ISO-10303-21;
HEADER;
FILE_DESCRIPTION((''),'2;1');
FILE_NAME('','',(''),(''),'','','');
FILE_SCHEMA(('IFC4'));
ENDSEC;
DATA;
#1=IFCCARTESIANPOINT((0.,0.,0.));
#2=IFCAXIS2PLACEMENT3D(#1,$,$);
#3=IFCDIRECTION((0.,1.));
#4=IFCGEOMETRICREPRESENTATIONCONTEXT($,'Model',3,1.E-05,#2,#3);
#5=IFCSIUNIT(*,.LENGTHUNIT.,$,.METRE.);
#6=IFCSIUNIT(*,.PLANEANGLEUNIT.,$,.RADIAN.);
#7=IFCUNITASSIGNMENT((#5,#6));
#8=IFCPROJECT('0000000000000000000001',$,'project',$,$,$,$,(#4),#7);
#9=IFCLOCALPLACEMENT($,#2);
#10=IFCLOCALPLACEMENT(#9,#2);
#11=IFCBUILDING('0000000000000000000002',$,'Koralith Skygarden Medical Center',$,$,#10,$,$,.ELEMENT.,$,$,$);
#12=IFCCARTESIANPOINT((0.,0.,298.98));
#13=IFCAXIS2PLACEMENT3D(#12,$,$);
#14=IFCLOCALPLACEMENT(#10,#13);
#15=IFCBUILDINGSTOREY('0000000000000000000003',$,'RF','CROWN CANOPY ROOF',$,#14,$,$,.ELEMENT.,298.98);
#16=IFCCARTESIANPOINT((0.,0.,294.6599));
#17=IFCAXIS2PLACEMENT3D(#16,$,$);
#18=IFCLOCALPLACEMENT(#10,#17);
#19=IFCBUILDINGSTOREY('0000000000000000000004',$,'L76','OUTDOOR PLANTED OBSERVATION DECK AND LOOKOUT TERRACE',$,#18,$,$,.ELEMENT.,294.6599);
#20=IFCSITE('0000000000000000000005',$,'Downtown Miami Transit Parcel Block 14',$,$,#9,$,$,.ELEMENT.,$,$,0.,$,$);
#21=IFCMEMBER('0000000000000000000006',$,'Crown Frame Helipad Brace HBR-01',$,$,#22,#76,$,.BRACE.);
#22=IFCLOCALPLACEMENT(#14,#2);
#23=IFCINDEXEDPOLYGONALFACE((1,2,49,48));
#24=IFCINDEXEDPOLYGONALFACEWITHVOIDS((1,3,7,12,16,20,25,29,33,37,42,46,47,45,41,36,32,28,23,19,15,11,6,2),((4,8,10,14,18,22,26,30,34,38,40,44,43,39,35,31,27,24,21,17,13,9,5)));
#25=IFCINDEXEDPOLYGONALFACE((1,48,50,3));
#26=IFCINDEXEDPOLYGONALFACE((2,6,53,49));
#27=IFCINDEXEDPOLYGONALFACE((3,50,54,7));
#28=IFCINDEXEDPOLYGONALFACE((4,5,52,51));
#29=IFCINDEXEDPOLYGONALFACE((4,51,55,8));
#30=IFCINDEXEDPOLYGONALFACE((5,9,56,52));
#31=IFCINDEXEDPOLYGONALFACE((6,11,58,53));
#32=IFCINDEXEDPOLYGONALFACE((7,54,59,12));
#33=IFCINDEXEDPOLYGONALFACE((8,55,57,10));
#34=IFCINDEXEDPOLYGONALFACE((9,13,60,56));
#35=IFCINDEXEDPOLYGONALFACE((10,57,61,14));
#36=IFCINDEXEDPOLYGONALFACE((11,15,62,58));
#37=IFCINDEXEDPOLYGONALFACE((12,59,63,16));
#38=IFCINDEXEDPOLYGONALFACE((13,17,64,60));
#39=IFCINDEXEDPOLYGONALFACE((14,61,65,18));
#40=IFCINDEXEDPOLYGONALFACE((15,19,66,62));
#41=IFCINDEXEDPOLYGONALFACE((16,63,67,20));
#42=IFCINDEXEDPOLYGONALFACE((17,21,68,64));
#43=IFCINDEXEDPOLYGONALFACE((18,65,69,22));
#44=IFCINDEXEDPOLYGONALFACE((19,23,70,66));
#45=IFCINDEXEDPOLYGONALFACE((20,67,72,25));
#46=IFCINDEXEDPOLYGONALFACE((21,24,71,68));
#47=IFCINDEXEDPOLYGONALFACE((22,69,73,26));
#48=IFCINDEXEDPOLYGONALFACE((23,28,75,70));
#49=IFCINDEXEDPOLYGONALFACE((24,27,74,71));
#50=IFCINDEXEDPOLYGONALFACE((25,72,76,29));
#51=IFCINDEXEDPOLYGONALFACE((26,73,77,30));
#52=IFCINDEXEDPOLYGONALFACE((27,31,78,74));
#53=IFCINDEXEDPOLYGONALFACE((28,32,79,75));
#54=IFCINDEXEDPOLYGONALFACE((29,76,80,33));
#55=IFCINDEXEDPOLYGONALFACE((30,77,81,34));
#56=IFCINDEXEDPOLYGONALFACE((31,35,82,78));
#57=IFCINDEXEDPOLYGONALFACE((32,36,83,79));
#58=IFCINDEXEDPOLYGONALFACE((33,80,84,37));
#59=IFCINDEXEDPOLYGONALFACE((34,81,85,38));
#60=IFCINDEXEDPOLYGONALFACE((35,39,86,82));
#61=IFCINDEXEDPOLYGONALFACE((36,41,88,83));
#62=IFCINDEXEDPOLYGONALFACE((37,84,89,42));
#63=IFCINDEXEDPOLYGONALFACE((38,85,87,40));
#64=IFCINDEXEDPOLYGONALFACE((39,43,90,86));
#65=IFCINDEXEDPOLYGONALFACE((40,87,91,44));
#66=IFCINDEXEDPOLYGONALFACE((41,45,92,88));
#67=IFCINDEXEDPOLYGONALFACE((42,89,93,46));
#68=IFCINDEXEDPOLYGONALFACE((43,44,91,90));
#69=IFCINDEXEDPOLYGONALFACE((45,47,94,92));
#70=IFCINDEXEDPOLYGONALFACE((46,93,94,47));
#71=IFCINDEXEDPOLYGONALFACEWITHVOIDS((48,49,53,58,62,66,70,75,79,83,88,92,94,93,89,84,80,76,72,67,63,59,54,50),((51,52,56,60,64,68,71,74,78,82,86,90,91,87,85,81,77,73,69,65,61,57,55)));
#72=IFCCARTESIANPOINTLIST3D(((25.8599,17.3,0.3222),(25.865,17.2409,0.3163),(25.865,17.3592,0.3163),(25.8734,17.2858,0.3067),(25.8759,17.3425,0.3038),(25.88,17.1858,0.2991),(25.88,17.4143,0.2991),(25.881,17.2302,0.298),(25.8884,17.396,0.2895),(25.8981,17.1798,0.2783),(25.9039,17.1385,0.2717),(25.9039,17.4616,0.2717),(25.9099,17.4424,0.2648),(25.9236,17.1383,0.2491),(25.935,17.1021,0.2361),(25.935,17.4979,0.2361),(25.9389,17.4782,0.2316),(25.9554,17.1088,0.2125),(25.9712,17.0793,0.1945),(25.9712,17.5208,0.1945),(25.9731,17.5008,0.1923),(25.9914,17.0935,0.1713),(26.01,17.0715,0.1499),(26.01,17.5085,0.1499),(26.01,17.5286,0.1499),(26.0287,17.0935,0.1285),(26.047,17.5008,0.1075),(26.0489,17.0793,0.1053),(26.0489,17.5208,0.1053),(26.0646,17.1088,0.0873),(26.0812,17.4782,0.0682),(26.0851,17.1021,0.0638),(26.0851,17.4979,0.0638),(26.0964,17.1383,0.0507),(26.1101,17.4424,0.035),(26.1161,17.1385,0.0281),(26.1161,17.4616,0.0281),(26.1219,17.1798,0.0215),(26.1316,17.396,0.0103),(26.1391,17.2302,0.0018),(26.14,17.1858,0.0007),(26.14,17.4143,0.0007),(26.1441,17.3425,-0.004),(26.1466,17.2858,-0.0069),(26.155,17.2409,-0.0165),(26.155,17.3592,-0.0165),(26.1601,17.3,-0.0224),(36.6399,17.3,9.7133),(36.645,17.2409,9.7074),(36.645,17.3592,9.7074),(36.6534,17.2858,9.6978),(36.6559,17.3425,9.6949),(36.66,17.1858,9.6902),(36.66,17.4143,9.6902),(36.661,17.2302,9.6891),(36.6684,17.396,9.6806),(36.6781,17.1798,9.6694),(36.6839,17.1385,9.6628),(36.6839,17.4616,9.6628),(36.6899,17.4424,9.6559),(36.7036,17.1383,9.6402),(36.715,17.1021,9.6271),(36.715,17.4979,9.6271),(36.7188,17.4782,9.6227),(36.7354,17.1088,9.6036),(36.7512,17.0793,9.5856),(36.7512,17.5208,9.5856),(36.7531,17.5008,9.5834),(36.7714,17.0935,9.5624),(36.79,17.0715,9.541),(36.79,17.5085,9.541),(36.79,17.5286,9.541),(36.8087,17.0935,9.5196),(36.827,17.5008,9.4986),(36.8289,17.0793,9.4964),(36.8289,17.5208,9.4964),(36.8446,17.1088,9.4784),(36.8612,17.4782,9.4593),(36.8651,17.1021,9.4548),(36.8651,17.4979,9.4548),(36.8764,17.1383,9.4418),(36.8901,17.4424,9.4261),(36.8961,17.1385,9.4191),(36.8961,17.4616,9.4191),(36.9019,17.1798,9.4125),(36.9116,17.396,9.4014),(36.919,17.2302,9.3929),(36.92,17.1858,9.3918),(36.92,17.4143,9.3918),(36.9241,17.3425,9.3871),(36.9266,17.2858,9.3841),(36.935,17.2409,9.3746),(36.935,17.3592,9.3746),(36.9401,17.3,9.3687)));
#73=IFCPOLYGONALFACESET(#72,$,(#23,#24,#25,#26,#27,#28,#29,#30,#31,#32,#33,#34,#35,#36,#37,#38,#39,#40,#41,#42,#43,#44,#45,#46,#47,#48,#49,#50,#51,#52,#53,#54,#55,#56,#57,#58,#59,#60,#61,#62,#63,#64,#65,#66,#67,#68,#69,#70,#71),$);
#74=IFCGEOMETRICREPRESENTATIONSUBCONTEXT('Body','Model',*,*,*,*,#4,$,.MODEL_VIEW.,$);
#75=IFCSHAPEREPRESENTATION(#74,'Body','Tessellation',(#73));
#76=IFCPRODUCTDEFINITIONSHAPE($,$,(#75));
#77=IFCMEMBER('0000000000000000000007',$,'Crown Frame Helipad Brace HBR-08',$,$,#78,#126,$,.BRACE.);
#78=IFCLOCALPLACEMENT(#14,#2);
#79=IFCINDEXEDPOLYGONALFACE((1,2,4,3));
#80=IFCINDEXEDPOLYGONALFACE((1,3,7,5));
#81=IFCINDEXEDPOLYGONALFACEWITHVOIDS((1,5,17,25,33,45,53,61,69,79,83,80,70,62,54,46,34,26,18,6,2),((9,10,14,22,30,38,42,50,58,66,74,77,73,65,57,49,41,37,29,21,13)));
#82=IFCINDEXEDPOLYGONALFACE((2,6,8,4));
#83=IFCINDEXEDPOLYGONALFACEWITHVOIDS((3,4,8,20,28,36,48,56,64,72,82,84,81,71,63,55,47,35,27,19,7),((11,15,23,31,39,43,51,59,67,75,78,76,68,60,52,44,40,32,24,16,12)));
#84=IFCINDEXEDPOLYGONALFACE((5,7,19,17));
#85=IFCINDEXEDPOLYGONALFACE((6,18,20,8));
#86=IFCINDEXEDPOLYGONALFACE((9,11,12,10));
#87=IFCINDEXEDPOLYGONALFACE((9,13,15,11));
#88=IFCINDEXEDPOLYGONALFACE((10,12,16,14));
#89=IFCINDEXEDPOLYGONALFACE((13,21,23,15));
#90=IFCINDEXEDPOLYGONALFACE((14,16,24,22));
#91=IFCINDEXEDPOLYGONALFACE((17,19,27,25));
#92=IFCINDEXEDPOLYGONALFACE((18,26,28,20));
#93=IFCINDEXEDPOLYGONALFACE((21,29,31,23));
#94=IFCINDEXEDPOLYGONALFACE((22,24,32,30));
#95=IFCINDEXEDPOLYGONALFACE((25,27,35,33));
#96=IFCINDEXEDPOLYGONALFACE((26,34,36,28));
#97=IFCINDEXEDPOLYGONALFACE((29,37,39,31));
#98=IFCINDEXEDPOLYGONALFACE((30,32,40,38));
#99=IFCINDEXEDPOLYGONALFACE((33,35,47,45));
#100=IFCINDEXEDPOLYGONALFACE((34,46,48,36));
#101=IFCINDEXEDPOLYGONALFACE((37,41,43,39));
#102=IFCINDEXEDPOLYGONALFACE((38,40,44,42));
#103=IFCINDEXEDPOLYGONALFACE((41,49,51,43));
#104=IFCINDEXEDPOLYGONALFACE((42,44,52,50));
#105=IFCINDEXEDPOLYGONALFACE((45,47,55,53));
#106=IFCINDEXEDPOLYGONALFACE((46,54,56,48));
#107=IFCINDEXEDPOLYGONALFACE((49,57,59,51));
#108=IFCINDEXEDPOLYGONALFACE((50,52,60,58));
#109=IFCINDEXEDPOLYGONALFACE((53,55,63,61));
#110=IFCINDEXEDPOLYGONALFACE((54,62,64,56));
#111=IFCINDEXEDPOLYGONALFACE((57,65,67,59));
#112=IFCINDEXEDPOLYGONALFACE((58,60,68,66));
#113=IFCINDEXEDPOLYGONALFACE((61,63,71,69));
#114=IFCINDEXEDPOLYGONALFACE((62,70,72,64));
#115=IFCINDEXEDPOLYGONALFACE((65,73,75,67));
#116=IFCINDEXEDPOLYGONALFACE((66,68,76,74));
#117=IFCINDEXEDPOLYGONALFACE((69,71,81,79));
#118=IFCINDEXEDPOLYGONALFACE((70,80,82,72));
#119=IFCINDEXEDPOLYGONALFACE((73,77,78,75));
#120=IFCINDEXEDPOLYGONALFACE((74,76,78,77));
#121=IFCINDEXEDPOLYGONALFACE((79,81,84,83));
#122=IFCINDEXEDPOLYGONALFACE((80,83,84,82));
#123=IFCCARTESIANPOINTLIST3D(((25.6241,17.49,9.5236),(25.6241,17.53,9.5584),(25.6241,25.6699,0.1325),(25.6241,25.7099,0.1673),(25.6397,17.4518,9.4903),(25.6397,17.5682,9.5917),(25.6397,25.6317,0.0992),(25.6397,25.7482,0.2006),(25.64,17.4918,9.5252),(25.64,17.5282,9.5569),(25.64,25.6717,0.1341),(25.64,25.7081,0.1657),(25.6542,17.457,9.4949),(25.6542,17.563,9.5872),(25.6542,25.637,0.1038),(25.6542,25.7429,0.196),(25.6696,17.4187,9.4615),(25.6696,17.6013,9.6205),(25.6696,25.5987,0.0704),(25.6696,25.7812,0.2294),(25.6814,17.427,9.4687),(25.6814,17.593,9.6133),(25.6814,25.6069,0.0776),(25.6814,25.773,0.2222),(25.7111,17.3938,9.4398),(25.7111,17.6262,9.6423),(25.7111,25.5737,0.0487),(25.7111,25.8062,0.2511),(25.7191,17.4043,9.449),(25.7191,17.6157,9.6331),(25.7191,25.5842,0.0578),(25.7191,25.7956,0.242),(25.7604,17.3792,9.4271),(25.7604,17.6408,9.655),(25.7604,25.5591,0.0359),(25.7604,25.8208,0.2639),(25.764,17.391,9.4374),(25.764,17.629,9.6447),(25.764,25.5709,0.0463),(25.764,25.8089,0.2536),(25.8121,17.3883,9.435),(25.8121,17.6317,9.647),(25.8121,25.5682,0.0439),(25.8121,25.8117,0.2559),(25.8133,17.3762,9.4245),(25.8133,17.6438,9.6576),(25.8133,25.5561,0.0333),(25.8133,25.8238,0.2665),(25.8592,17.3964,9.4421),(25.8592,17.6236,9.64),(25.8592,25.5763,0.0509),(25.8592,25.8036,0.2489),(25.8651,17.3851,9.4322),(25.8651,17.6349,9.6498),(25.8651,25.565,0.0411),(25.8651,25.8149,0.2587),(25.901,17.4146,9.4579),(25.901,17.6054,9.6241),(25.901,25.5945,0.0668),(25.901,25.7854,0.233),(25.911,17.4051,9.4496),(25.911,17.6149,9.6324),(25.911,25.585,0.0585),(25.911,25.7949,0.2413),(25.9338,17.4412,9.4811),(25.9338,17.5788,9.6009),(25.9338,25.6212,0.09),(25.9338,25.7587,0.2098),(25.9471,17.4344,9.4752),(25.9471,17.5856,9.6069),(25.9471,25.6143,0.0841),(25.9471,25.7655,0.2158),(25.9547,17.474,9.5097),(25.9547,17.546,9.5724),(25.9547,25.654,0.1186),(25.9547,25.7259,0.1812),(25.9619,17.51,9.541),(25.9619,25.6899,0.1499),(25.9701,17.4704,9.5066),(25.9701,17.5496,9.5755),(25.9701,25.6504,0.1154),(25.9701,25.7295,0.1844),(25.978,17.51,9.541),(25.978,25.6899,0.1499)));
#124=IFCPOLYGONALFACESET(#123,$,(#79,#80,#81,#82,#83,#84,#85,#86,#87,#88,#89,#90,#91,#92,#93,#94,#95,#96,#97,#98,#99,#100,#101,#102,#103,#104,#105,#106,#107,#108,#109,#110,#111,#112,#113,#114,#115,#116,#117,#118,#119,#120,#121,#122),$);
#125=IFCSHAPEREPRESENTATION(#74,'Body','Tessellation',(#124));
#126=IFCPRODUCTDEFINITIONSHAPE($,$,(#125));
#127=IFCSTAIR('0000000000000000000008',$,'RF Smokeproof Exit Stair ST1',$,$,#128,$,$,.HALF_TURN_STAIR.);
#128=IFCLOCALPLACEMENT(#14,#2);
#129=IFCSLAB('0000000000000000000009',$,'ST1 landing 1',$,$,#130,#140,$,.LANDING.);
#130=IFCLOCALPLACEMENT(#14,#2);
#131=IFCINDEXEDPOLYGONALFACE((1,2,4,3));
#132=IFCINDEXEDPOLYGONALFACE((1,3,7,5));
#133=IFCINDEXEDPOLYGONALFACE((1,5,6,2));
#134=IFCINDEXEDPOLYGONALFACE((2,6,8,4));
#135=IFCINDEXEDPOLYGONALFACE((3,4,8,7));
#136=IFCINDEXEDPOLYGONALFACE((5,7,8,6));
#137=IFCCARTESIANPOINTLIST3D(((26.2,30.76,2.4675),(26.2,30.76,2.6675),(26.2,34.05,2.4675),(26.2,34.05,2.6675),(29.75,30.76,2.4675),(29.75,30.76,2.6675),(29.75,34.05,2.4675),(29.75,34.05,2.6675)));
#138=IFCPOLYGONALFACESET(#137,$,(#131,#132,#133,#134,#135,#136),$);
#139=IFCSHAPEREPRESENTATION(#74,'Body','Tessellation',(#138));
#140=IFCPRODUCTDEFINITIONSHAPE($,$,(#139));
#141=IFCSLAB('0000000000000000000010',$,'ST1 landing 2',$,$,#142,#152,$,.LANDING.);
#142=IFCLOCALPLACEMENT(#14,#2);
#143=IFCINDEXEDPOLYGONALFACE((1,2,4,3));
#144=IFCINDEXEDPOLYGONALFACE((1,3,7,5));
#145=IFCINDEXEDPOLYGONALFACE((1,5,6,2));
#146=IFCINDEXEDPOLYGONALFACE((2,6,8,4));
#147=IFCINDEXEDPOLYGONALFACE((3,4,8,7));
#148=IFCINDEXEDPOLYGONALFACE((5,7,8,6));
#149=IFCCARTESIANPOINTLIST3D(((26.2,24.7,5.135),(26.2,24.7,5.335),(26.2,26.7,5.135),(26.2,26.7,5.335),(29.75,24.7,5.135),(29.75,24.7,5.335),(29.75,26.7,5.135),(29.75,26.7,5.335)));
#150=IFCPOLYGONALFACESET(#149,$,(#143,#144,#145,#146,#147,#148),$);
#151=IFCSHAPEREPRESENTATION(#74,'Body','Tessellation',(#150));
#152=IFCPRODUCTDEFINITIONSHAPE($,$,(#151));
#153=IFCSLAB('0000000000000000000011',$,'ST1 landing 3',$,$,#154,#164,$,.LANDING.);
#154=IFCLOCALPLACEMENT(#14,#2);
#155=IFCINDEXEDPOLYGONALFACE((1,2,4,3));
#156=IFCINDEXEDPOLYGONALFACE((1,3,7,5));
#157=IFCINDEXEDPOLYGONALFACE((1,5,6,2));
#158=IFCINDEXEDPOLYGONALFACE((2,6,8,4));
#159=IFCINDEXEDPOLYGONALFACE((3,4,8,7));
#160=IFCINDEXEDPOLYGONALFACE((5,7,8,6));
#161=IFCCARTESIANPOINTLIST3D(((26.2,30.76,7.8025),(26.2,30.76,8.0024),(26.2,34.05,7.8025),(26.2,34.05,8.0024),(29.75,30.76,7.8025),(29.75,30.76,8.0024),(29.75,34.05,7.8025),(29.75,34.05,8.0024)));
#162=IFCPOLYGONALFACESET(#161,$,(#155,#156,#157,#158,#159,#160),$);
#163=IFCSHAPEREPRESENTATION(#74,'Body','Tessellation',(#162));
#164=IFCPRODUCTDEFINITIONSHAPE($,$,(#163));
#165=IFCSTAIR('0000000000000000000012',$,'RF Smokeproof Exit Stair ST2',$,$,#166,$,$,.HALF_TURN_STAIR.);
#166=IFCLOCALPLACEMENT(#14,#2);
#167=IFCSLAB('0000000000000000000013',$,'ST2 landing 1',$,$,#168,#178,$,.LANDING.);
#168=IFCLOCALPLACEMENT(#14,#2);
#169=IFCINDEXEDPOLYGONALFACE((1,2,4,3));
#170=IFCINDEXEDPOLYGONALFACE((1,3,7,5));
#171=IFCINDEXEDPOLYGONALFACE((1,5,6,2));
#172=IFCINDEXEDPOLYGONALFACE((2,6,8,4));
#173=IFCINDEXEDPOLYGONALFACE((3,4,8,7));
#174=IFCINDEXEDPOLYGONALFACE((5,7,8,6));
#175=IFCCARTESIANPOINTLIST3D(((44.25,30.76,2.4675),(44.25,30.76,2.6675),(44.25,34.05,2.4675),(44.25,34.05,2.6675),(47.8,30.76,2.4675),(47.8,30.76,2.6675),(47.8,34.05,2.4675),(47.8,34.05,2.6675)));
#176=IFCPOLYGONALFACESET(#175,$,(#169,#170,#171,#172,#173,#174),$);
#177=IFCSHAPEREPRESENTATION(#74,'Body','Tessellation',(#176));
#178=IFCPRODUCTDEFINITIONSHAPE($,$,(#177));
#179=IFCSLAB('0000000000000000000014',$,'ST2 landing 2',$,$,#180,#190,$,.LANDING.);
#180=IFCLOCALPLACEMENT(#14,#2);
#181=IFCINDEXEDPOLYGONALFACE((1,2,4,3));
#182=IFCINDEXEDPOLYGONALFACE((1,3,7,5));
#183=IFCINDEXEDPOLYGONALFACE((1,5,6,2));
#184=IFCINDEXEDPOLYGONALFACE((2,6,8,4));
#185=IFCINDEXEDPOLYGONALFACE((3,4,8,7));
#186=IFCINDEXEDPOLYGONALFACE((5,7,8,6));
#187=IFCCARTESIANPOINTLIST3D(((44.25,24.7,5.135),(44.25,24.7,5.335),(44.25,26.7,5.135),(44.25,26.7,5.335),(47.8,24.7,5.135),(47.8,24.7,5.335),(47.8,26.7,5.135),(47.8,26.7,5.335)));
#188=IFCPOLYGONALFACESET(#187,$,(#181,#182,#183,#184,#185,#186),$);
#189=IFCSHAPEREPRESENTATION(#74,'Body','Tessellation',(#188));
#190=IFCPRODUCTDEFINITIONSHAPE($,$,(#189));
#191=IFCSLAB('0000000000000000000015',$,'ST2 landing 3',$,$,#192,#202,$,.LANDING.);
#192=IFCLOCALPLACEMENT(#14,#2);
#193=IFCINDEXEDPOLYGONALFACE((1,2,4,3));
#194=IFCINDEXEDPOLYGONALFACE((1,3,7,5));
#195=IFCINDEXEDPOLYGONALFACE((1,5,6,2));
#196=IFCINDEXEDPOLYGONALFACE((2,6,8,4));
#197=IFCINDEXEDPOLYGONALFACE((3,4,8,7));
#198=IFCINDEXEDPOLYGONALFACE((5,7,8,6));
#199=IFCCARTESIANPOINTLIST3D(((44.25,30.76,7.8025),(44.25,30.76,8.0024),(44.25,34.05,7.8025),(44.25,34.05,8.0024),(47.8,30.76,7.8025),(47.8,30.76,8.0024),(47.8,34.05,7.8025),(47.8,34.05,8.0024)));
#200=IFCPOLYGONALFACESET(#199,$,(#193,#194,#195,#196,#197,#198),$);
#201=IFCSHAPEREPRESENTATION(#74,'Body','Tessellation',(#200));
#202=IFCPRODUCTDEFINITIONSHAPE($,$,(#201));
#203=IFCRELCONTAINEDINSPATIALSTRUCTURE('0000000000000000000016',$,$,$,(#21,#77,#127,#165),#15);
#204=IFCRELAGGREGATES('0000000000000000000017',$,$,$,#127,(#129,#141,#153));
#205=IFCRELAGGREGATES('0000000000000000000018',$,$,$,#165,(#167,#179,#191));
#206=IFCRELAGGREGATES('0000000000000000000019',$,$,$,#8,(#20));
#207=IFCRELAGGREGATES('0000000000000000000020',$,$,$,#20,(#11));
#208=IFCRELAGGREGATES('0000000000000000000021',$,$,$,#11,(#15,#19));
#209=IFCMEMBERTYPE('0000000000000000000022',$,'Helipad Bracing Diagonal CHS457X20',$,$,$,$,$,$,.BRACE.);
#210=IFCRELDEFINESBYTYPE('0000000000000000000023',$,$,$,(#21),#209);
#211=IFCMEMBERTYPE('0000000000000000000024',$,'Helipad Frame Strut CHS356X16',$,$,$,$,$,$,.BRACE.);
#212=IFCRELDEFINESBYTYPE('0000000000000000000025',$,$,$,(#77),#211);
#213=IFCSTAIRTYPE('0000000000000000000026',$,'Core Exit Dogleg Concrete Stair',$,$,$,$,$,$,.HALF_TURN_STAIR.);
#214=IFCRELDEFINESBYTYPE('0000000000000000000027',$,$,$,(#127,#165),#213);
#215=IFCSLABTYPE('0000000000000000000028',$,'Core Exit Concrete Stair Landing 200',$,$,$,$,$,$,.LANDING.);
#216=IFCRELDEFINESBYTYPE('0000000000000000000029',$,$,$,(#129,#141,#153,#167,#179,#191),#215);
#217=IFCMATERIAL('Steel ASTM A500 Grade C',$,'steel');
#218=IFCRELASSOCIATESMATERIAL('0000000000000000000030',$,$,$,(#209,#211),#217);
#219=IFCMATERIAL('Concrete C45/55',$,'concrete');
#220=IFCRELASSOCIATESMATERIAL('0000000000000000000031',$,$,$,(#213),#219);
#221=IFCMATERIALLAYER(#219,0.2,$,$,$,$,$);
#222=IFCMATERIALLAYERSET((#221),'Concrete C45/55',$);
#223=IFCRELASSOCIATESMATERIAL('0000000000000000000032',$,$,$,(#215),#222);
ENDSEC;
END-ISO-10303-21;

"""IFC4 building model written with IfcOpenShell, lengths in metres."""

from ifc_helpers import new_model, si_unit, direction, frame, origin, origin_2d, place, context, subcontext, project, spatial, polyline, hollow_circle, outline, extrude, material, layer, layer_set, material_profile, profile_set, type_object, element, aggregate, save


model = new_model("IFC4")

# Units and contexts
model_context = context("Model", 3, precision=1e-05, world=origin(), true_north=direction((0.0, 1.0)))
body_context = subcontext(model_context, "Body", "Model", "MODEL_VIEW")
ifc_project = project(units=[si_unit("LENGTHUNIT", "METRE"), si_unit("PLANEANGLEUNIT", "RADIAN")], contexts=[model_context])

# Site, building, storey
site_placement = place(None, origin())
site = spatial("IfcSite", under=ifc_project, at=site_placement, Name="Downtown Miami Transit Parcel Block 14", CompositionType="ELEMENT", RefElevation=0.0)
building_placement = place(site_placement, origin())
building = spatial("IfcBuilding", under=site, at=building_placement, Name="Koralith Skygarden Medical Center", CompositionType="ELEMENT")
storey_1_placement = place(building_placement, frame((0.0, 0.0, 298.98)))
storey_1 = spatial("IfcBuildingStorey", under=building, at=storey_1_placement, Name="RF", Description="CROWN CANOPY ROOF", CompositionType="ELEMENT", Elevation=298.98)

# Members
ifc_material_1 = material(Name="Steel ASTM A500 Grade C", Category="steel")
ifc_material_profile_1 = material_profile(ifc_material_1, hollow_circle(Radius=0.2285, WallThickness=0.02, at=origin_2d()), Name="CHS457X20")
ifc_profile_set_1 = profile_set([ifc_material_profile_1], Name="Steel ASTM A500 Grade C")
member_type_1 = type_object("IfcMemberType", Name="Helipad Bracing Diagonal CHS457X20", PredefinedType="BRACE", material=ifc_profile_set_1)
member_1_placement = place(storey_1_placement, frame((26.01, 17.3, 0.1499), z_axis=(0.75401, 0.0, 0.656862), x_axis=(0.0, 1.0, 0.0)))
element("IfcMember", 1, at=member_1_placement, inside=storey_1, type_object=member_type_1, Name="Crown Frame Helipad Brace HBR-01", PredefinedType="BRACE", context=body_context, shape_type="SweptSolid", body=[
    extrude(hollow_circle(Radius=0.2285, WallThickness=0.02, at=origin_2d()), origin(), (0.0, 0.0, 1.0), 14.2969),
])
ifc_material_profile_2 = material_profile(ifc_material_1, hollow_circle(Radius=0.178, WallThickness=0.0161, at=origin_2d()), Name="CHS356X16")
ifc_profile_set_2 = profile_set([ifc_material_profile_2], Name="Steel ASTM A500 Grade C")
member_type_2 = type_object("IfcMemberType", Name="Helipad Frame Strut CHS356X16", PredefinedType="BRACE", material=ifc_profile_set_2)
member_2_placement = place(storey_1_placement, frame((25.8, 25.6899, 0.1499), z_axis=(0.0, -0.656807, 0.754059), x_axis=(1.0, 0.0, 0.0)))
element("IfcMember", 2, at=member_2_placement, inside=storey_1, type_object=member_type_2, Name="Crown Frame Helipad Brace HBR-08", PredefinedType="BRACE", context=body_context, shape_type="SweptSolid", body=[
    extrude(hollow_circle(Radius=0.178, WallThickness=0.0161, at=origin_2d()), origin(), (0.0, 0.0, 1.0), 12.4541),
])

# Stairs, slabs
ifc_material_2 = material(Name="Concrete C45/55", Category="concrete")
stair_type = type_object("IfcStairType", Name="Core Exit Dogleg Concrete Stair", PredefinedType="HALF_TURN_STAIR", material=ifc_material_2)
stair_1_placement = place(storey_1_placement, origin())
stair_1 = element("IfcStair", 3, at=stair_1_placement, inside=storey_1, type_object=stair_type, Name="RF Smokeproof Exit Stair ST1", PredefinedType="HALF_TURN_STAIR")
ifc_layer_1 = layer(ifc_material_2, 0.2)
ifc_layer_set_1 = layer_set([ifc_layer_1], Name="Concrete C45/55")
slab_type_1 = type_object("IfcSlabType", Name="Core Exit Concrete Stair Landing 200", PredefinedType="LANDING", material=ifc_layer_set_1)
slab_1_placement = place(storey_1_placement, frame((0.0, 0.0, 2.4675)))
slab_1 = element("IfcSlab", 4, at=slab_1_placement, type_object=slab_type_1, Name="ST1 landing 1", PredefinedType="LANDING", context=body_context, shape_type="SweptSolid", body=[
    extrude(outline(polyline([(29.75, 30.76), (29.75, 34.05), (26.2, 34.05), (26.2, 30.76), (29.75, 30.76)])), origin(), (0.0, 0.0, 1.0), 0.2),
])
slab_2_placement = place(storey_1_placement, frame((0.0, 0.0, 5.135)))
slab_2 = element("IfcSlab", 5, at=slab_2_placement, type_object=slab_type_1, Name="ST1 landing 2", PredefinedType="LANDING", context=body_context, shape_type="SweptSolid", body=[
    extrude(outline(polyline([(29.75, 24.7), (29.75, 26.7), (26.2, 26.7), (26.2, 24.7), (29.75, 24.7)])), origin(), (0.0, 0.0, 1.0), 0.2),
])
slab_3_placement = place(storey_1_placement, frame((0.0, 0.0, 7.8025)))
slab_3 = element("IfcSlab", 6, at=slab_3_placement, type_object=slab_type_1, Name="ST1 landing 3", PredefinedType="LANDING", context=body_context, shape_type="SweptSolid", body=[
    extrude(outline(polyline([(29.75, 30.76), (29.75, 34.05), (26.2, 34.05), (26.2, 30.76), (29.75, 30.76)])), origin(), (0.0, 0.0, 1.0), 0.2),
])
aggregate(stair_1, [slab_1, slab_2, slab_3])
stair_2_placement = place(storey_1_placement, origin())
stair_2 = element("IfcStair", 7, at=stair_2_placement, inside=storey_1, type_object=stair_type, Name="RF Smokeproof Exit Stair ST2", PredefinedType="HALF_TURN_STAIR")
slab_4_placement = place(storey_1_placement, frame((0.0, 0.0, 2.4675)))
slab_4 = element("IfcSlab", 8, at=slab_4_placement, type_object=slab_type_1, Name="ST2 landing 1", PredefinedType="LANDING", context=body_context, shape_type="SweptSolid", body=[
    extrude(outline(polyline([(47.8, 30.76), (47.8, 34.05), (44.25, 34.05), (44.25, 30.76), (47.8, 30.76)])), origin(), (0.0, 0.0, 1.0), 0.2),
])
slab_5_placement = place(storey_1_placement, frame((0.0, 0.0, 5.135)))
slab_5 = element("IfcSlab", 9, at=slab_5_placement, type_object=slab_type_1, Name="ST2 landing 2", PredefinedType="LANDING", context=body_context, shape_type="SweptSolid", body=[
    extrude(outline(polyline([(47.8, 24.7), (47.8, 26.7), (44.25, 26.7), (44.25, 24.7), (47.8, 24.7)])), origin(), (0.0, 0.0, 1.0), 0.2),
])
slab_6_placement = place(storey_1_placement, frame((0.0, 0.0, 7.8025)))
slab_6 = element("IfcSlab", 10, at=slab_6_placement, type_object=slab_type_1, Name="ST2 landing 3", PredefinedType="LANDING", context=body_context, shape_type="SweptSolid", body=[
    extrude(outline(polyline([(47.8, 30.76), (47.8, 34.05), (44.25, 34.05), (44.25, 30.76), (47.8, 30.76)])), origin(), (0.0, 0.0, 1.0), 0.2),
])
aggregate(stair_2, [slab_4, slab_5, slab_6])

# Shared definitions
storey_2_placement = place(building_placement, frame((0.0, 0.0, 294.6599)))
storey_2 = spatial("IfcBuildingStorey", under=building, at=storey_2_placement, Name="L76", Description="OUTDOOR PLANTED OBSERVATION DECK AND LOOKOUT TERRACE", CompositionType="ELEMENT", Elevation=294.6599)

save(model, "model.ifc")
